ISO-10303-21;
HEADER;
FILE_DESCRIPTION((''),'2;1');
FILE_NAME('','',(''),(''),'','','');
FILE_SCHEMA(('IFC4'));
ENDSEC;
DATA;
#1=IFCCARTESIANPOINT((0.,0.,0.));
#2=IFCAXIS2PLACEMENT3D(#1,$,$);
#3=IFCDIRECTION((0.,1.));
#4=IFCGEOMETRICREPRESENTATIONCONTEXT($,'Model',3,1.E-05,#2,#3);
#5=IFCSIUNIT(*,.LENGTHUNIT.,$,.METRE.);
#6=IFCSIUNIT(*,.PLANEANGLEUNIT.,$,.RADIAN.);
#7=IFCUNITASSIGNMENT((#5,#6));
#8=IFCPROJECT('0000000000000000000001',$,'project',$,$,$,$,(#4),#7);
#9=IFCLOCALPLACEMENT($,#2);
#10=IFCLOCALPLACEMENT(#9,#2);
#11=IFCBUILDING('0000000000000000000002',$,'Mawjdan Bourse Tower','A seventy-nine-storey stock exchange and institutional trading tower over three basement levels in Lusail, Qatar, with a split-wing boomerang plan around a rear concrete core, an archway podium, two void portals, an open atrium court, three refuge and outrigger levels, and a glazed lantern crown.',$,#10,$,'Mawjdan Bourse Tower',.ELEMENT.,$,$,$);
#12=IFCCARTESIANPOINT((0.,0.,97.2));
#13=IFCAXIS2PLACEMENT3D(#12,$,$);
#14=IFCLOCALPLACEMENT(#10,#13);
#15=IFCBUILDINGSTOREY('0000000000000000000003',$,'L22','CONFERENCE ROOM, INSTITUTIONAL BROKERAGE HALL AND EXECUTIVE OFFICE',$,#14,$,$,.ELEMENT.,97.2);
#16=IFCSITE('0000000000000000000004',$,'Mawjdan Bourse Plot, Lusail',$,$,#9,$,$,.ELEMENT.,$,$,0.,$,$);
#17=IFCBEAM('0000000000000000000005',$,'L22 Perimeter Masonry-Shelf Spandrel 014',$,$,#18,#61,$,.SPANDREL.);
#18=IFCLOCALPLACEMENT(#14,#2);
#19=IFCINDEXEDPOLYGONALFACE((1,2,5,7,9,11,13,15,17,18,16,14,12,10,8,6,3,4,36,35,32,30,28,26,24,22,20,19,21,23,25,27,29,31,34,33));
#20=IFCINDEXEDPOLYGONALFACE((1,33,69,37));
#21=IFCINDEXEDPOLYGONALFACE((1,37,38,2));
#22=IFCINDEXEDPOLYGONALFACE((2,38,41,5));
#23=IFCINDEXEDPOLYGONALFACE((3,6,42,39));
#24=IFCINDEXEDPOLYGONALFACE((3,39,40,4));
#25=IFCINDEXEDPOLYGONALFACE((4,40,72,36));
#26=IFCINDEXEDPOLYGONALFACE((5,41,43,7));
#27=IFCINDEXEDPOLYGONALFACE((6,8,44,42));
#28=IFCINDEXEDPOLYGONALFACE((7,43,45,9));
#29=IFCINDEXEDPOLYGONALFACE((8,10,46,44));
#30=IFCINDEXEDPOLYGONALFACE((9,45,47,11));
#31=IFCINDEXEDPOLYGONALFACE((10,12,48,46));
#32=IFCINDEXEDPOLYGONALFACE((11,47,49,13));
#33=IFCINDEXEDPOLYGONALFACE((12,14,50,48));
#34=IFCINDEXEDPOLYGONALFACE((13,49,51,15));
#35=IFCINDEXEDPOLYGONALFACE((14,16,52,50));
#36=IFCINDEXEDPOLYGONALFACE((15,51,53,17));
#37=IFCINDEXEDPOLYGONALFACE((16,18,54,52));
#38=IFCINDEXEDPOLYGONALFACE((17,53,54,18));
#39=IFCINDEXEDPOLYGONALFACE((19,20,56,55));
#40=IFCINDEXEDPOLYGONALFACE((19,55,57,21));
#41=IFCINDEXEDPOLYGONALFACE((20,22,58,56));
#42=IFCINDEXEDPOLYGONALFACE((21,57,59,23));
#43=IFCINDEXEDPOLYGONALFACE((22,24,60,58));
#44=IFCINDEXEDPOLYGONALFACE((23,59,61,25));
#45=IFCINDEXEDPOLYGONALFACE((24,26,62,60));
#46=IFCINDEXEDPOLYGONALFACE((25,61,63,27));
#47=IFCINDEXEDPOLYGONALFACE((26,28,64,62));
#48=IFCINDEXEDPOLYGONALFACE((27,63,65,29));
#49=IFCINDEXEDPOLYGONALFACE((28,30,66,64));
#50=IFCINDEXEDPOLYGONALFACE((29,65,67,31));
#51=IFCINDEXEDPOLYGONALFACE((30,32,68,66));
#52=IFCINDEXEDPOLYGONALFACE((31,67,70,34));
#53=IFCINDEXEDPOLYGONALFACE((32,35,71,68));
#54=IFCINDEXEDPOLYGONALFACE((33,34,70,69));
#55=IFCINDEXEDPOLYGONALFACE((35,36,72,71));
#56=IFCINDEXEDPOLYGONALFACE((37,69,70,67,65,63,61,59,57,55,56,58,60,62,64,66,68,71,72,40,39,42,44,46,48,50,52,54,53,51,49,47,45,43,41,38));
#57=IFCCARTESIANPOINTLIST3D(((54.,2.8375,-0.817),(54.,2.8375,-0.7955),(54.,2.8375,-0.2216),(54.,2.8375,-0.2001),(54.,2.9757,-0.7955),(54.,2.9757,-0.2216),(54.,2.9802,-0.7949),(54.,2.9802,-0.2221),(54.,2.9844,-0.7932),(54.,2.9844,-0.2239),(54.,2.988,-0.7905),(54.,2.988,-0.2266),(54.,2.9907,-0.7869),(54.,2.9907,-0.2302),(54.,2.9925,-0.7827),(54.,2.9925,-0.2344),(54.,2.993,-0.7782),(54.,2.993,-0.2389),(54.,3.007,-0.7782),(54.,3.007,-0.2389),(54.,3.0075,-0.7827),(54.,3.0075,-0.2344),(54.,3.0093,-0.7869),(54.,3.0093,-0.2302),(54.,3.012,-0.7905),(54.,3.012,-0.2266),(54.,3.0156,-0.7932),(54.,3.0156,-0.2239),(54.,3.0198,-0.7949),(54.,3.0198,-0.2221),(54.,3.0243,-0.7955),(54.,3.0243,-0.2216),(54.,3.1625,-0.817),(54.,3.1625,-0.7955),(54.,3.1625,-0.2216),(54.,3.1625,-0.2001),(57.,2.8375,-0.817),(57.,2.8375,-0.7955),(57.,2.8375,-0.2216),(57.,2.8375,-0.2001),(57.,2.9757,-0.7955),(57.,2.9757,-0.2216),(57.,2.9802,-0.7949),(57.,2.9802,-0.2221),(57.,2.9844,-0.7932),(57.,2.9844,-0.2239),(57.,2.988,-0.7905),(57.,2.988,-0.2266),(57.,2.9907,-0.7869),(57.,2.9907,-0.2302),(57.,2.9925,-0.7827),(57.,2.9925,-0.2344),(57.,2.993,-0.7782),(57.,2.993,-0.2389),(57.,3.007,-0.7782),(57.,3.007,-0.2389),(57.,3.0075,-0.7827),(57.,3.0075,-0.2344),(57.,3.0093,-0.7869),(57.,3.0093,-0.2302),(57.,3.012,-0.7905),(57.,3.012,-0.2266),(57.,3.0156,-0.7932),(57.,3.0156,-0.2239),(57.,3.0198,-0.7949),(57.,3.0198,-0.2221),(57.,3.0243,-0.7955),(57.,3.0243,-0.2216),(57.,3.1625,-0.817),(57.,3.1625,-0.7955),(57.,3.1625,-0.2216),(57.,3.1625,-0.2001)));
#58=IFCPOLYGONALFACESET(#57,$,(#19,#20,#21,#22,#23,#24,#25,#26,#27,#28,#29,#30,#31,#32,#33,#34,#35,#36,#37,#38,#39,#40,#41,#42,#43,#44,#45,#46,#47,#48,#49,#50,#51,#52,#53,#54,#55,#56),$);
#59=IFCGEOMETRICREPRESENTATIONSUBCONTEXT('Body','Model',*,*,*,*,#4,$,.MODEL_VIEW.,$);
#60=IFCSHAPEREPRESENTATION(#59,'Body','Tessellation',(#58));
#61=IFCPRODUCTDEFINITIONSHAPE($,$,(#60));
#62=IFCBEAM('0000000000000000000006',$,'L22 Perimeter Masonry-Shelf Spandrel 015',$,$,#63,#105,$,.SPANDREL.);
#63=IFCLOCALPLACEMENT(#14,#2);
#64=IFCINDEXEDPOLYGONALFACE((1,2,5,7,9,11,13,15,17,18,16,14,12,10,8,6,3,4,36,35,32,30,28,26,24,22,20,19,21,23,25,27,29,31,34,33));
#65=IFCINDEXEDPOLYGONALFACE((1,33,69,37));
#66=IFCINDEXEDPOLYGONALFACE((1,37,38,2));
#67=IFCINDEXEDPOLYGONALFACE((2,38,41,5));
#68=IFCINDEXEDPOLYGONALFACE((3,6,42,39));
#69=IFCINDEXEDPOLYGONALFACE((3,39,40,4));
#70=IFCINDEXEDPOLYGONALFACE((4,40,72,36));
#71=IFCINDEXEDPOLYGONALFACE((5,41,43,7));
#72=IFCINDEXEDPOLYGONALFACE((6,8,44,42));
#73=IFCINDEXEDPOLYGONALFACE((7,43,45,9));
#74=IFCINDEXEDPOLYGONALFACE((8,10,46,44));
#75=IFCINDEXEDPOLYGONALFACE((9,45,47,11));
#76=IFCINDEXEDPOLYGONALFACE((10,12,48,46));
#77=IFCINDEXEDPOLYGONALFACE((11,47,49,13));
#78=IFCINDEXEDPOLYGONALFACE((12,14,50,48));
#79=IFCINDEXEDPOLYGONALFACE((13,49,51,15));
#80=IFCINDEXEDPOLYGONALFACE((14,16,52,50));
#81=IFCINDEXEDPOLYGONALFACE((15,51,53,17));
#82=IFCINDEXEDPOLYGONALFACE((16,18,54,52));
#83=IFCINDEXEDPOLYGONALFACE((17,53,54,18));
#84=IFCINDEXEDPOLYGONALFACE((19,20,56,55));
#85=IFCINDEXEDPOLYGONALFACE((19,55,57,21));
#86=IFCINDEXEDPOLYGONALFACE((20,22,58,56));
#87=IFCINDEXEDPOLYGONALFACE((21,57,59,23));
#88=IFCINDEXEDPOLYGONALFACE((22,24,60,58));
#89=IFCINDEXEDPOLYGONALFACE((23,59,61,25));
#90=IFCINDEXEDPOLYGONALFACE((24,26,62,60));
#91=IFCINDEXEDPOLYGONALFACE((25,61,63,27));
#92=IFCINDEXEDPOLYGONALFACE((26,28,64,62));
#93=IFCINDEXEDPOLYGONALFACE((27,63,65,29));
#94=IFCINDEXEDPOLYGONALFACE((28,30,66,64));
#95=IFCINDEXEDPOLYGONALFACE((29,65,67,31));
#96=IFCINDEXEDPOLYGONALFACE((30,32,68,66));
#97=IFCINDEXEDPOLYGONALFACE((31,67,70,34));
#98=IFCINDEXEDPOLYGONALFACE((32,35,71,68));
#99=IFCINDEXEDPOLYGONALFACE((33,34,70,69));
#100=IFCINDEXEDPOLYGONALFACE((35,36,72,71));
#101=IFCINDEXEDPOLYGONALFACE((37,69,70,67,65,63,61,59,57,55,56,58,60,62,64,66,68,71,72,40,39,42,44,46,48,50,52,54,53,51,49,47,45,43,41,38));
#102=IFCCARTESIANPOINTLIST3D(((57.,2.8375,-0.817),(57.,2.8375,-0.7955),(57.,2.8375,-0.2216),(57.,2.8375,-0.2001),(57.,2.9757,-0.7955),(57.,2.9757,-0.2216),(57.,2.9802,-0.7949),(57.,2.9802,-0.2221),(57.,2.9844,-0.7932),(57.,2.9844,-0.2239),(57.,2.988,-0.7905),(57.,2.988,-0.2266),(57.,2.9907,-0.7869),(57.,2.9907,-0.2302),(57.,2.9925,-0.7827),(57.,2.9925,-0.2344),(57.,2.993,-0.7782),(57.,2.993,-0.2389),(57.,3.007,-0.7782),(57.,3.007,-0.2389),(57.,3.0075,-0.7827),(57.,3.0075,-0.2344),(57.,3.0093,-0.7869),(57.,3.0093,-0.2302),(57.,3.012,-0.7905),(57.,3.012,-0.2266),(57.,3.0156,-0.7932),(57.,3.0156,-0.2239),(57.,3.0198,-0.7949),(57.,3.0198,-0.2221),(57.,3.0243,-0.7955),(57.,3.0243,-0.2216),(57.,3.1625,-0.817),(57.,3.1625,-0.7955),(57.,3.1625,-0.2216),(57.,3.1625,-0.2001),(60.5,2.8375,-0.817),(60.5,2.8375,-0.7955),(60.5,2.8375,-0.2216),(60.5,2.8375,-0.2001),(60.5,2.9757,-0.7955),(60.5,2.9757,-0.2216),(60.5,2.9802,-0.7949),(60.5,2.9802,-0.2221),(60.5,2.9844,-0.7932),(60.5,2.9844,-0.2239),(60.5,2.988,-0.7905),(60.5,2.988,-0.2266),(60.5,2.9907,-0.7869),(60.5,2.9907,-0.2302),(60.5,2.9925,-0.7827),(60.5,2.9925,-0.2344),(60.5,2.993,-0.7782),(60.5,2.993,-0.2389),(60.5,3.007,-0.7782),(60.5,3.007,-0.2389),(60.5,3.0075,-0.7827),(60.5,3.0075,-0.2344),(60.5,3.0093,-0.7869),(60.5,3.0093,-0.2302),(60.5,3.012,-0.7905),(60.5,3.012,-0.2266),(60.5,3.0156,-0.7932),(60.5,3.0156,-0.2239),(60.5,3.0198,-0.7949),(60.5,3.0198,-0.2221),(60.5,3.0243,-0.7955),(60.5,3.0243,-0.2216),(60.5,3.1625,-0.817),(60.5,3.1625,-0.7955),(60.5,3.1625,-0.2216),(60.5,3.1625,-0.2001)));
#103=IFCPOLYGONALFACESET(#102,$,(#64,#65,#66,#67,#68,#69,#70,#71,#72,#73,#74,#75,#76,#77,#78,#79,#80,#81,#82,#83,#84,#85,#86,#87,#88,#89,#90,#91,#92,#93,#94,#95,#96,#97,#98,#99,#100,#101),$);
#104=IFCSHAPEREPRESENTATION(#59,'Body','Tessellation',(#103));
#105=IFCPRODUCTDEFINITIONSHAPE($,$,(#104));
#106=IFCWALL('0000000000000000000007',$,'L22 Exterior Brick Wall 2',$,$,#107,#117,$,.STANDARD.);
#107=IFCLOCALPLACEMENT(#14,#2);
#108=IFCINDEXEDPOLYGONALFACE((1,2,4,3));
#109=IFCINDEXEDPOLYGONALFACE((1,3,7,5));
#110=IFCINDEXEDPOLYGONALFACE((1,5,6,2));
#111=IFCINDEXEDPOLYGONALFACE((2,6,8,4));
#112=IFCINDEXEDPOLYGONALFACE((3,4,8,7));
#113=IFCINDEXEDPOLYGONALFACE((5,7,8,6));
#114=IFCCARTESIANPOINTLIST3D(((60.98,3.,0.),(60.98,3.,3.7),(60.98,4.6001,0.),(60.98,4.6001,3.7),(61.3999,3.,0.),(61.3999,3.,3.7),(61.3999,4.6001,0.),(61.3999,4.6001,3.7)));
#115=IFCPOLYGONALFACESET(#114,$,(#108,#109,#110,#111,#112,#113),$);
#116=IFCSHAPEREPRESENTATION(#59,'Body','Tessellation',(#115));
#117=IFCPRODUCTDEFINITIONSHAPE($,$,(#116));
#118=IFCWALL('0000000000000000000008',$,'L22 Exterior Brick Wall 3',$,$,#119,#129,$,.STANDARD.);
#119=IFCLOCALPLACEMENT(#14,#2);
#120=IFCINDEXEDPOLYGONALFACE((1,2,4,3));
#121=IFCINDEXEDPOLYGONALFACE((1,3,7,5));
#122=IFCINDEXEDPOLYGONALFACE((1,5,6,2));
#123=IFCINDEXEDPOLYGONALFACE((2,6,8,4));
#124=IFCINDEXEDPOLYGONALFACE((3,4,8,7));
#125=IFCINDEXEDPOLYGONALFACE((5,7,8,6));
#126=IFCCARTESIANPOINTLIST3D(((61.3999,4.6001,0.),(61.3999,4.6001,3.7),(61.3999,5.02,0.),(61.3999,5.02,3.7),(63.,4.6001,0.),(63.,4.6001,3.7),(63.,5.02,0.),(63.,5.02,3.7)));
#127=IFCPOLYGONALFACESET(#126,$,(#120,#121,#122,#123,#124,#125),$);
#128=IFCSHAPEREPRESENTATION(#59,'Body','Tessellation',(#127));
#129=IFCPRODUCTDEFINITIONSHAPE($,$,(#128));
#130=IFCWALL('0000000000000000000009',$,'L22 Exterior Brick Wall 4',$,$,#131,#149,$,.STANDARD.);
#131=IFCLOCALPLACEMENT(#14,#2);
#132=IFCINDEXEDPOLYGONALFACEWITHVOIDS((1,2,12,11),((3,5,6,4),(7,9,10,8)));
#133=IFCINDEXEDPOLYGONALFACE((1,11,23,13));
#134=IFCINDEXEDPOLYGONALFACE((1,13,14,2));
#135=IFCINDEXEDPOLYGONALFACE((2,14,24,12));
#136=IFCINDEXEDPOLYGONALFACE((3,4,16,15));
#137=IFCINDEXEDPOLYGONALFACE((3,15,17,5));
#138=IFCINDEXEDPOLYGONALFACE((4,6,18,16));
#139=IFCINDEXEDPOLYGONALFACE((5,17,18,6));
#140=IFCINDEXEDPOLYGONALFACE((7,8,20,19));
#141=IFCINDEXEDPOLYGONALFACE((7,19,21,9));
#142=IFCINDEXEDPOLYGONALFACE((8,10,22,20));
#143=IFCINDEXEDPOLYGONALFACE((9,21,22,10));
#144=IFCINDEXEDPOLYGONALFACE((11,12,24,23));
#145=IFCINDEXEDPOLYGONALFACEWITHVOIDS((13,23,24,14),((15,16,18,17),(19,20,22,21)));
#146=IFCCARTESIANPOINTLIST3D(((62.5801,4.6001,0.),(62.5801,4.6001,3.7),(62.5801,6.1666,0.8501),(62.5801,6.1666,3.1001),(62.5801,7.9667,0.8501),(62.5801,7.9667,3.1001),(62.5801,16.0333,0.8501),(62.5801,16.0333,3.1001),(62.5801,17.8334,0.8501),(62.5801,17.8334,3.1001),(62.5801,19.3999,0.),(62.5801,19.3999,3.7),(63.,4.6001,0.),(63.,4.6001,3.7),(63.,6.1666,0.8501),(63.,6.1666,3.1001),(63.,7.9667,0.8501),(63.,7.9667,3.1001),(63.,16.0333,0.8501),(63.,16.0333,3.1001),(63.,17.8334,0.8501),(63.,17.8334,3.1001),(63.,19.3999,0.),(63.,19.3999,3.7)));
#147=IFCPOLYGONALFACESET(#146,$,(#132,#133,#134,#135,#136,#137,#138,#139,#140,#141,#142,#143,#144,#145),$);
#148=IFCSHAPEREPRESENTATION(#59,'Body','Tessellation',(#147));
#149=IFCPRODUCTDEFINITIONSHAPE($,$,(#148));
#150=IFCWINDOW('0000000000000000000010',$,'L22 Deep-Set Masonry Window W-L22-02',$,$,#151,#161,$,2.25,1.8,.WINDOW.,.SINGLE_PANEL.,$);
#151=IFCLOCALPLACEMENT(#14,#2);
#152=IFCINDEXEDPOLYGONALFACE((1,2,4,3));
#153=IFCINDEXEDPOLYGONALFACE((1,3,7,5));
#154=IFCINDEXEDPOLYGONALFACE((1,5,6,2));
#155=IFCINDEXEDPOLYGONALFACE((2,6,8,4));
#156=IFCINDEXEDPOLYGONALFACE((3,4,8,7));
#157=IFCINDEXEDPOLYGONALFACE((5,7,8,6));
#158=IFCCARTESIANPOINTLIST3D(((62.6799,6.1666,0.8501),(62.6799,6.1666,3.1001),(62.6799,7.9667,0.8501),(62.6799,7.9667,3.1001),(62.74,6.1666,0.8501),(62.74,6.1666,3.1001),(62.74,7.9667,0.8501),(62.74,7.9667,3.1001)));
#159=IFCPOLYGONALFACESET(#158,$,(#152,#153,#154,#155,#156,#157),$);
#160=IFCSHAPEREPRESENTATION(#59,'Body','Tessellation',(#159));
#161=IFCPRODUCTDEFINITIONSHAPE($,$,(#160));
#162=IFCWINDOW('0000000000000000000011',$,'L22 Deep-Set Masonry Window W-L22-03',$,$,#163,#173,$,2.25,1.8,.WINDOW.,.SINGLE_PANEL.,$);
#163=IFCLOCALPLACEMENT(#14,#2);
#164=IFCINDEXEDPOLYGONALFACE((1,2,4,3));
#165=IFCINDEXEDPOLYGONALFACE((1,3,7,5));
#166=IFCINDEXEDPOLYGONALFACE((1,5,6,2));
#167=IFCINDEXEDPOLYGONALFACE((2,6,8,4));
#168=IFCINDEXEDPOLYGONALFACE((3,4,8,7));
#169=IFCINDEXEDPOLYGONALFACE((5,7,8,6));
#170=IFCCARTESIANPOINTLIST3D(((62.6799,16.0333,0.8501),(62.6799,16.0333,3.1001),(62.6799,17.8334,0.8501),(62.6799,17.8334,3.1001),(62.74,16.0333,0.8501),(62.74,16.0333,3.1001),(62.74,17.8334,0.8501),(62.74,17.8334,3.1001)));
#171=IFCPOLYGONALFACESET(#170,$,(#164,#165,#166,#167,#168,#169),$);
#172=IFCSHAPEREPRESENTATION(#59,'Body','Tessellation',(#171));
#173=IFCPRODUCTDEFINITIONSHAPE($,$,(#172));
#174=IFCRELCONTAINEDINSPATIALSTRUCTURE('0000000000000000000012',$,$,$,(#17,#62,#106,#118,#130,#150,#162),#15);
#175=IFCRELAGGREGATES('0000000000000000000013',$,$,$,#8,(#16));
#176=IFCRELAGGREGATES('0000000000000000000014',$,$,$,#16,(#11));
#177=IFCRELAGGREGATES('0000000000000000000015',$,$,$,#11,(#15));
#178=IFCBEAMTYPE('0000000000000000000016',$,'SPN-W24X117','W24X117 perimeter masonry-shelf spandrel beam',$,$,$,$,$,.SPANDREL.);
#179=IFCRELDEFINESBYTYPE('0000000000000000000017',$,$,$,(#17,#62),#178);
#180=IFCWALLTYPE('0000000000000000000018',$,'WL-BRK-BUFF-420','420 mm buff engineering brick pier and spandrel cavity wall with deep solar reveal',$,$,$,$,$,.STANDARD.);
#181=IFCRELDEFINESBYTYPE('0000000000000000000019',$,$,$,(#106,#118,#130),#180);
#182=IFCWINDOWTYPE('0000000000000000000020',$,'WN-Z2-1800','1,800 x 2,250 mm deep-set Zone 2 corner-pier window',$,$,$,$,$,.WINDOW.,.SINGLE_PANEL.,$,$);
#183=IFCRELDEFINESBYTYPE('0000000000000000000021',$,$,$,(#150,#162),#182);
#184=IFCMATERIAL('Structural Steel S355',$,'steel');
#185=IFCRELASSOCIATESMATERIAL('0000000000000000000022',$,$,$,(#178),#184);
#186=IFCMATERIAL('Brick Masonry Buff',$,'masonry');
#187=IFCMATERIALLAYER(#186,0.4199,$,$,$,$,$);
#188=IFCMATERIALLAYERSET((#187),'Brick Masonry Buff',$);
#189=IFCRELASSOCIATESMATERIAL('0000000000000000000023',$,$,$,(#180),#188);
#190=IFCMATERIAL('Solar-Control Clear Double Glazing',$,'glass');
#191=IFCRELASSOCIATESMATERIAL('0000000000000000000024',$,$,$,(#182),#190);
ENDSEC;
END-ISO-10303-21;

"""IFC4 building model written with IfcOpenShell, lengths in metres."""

from ifc_helpers import new_model, si_unit, direction, frame, frame_2d, origin, origin_2d, place, context, subcontext, project, spatial, rectangle, i_section, extrude, material, layer, layer_set, material_profile, profile_set, type_object, element, fill, save


model = new_model("IFC4")

# Units and contexts
model_context = context("Model", 3, precision=1e-05, world=origin(), true_north=direction((0.0, 1.0)))
body_context = subcontext(model_context, "Body", "Model", "MODEL_VIEW")
ifc_project = project(units=[si_unit("LENGTHUNIT", "METRE"), si_unit("PLANEANGLEUNIT", "RADIAN")], contexts=[model_context])

# Site, building, storey
site_placement = place(None, origin())
site = spatial("IfcSite", under=ifc_project, at=site_placement, Name="Mawjdan Bourse Plot, Lusail", CompositionType="ELEMENT", RefElevation=0.0)
building_placement = place(site_placement, origin())
building = spatial("IfcBuilding", under=site, at=building_placement, Name="Mawjdan Bourse Tower", Description="A seventy-nine-storey stock exchange and institutional trading tower over three basement levels in Lusail, Qatar, with a split-wing boomerang plan around a rear concrete core, an archway podium, two void portals, an open atrium court, three refuge and outrigger levels, and a glazed lantern crown.", LongName="Mawjdan Bourse Tower", CompositionType="ELEMENT")
storey_placement = place(building_placement, frame((0.0, 0.0, 97.2)))
storey = spatial("IfcBuildingStorey", under=building, at=storey_placement, Name="L22", Description="CONFERENCE ROOM, INSTITUTIONAL BROKERAGE HALL AND EXECUTIVE OFFICE", CompositionType="ELEMENT", Elevation=97.2)

# Beams
ifc_material_1 = material(Name="Structural Steel S355", Category="steel")
ifc_material_profile_1 = material_profile(ifc_material_1, i_section(OverallWidth=0.325, OverallDepth=0.6169, WebThickness=0.0139, FlangeThickness=0.0215, FilletRadius=0.0173, at=origin_2d()), Name="W24X117")
ifc_profile_set_1 = profile_set([ifc_material_profile_1], Name="Structural Steel S355")
beam_type_1 = type_object("IfcBeamType", Name="SPN-W24X117", Description="W24X117 perimeter masonry-shelf spandrel beam", PredefinedType="SPANDREL", material=ifc_profile_set_1)
for number, where, z_axis, x_axis, name in (
    (1, (54.0, 3.0, -0.5085), (1.0, 0.0, 0.0), (0.0, 1.0, 0.0), "L22 Perimeter Masonry-Shelf Spandrel 014"),
):
    element("IfcBeam", number, at=place(storey_placement, frame(where, z_axis=z_axis, x_axis=x_axis)), inside=storey, type_object=beam_type_1, Name=name, PredefinedType="SPANDREL", context=body_context, shape_type="SweptSolid", body=[
        extrude(i_section(OverallWidth=0.325, OverallDepth=0.6169, WebThickness=0.0139, FlangeThickness=0.0215, FilletRadius=0.0173, at=origin_2d()), origin(), (0.0, 0.0, 1.0), 3.0),
    ])
beam_1_placement = place(storey_placement, frame((57.0, 3.0, -0.5085), z_axis=(1.0, 0.0, 0.0), x_axis=(0.0, 1.0, 0.0)))
element("IfcBeam", 2, at=beam_1_placement, inside=storey, type_object=beam_type_1, Name="L22 Perimeter Masonry-Shelf Spandrel 015", PredefinedType="SPANDREL", context=body_context, shape_type="SweptSolid", body=[
    extrude(i_section(OverallWidth=0.325, OverallDepth=0.6169, WebThickness=0.0139, FlangeThickness=0.0215, FilletRadius=0.0173, at=origin_2d()), origin(), (0.0, 0.0, 1.0), 3.5),
])

# Walls
ifc_material_2 = material(Name="Brick Masonry Buff", Category="masonry")
ifc_layer_1 = layer(ifc_material_2, 0.4199)
ifc_layer_set_1 = layer_set([ifc_layer_1], Name="Brick Masonry Buff")
wall_type_1 = type_object("IfcWallType", Name="WL-BRK-BUFF-420", Description="420 mm buff engineering brick pier and spandrel cavity wall with deep solar reveal", PredefinedType="STANDARD", material=ifc_layer_set_1)
for number, where, z_axis, x_axis, name in (
    (3, (61.1899, 3.0, 0.0), (0.0, 0.0, 1.0), (0.0, 1.0, 0.0), "L22 Exterior Brick Wall 2"),
    (4, (61.3999, 4.8101, 0.0), (0.0, 0.0, 1.0), (1.0, 0.0, 0.0), "L22 Exterior Brick Wall 3"),
):
    element("IfcWall", number, at=place(storey_placement, frame(where, z_axis=z_axis, x_axis=x_axis)), inside=storey, type_object=wall_type_1, Name=name, PredefinedType="STANDARD", context=body_context, shape_type="SweptSolid", body=[
        extrude(rectangle(XDim=1.6001, YDim=0.4199, at=frame_2d((0.8, 0.0))), origin(), (0.0, 0.0, 1.0), 3.7),
    ])

# Wall, openings, windows
wall_1_placement = place(storey_placement, frame((62.79, 4.6001, 0.0), z_axis=(0.0, 0.0, 1.0), x_axis=(0.0, 1.0, 0.0)))
wall_1 = element("IfcWall", 5, at=wall_1_placement, inside=storey, type_object=wall_type_1, Name="L22 Exterior Brick Wall 4", PredefinedType="STANDARD", context=body_context, shape_type="SweptSolid", body=[
    extrude(rectangle(XDim=14.7998, YDim=0.4199, at=frame_2d((7.3999, 0.0))), origin(), (0.0, 0.0, 1.0), 3.7),
])
opening_1_placement = place(wall_1_placement, frame((1.5667, 0.0, 0.8501)))
opening_1 = element("IfcOpeningElement", 6, at=opening_1_placement, cuts=wall_1, PredefinedType="OPENING", context=body_context, shape_type="SweptSolid", body=[
    extrude(rectangle(XDim=1.8, YDim=2.25, at=frame_2d((0.8999, 1.125))), frame((0.0, 0.22, 0.0), z_axis=(0.0, -1.0, 0.0), x_axis=(1.0, 0.0, 0.0)), (0.0, 0.0, 1.0), 0.4399),
])
opening_2_placement = place(wall_1_placement, frame((11.4333, 0.0, 0.8501)))
opening_2 = element("IfcOpeningElement", 7, at=opening_2_placement, cuts=wall_1, PredefinedType="OPENING", context=body_context, shape_type="SweptSolid", body=[
    extrude(rectangle(XDim=1.8, YDim=2.25, at=frame_2d((0.8999, 1.125))), frame((0.0, 0.22, 0.0), z_axis=(0.0, -1.0, 0.0), x_axis=(1.0, 0.0, 0.0)), (0.0, 0.0, 1.0), 0.4399),
])
ifc_material_3 = material(Name="Solar-Control Clear Double Glazing", Category="glass")
window_type = type_object("IfcWindowType", Name="WN-Z2-1800", Description="1,800 x 2,250 mm deep-set Zone 2 corner-pier window", PartitioningType="SINGLE_PANEL", PredefinedType="WINDOW", material=ifc_material_3)
window_1_placement = place(opening_1_placement, origin())
window_1 = element("IfcWindow", 8, at=window_1_placement, inside=storey, type_object=window_type, Name="L22 Deep-Set Masonry Window W-L22-02", OverallHeight=2.25, OverallWidth=1.8, PartitioningType="SINGLE_PANEL", PredefinedType="WINDOW", context=body_context, shape_type="SweptSolid", body=[
    extrude(rectangle(XDim=1.8, YDim=2.25, at=frame_2d((0.8999, 1.125))), frame((0.0, 0.1101, 0.0), z_axis=(0.0, -1.0, 0.0), x_axis=(1.0, 0.0, 0.0)), (0.0, 0.0, 1.0), 0.0601),
])
fill(opening_1, window_1)
window_2_placement = place(opening_2_placement, origin())
window_2 = element("IfcWindow", 9, at=window_2_placement, inside=storey, type_object=window_type, Name="L22 Deep-Set Masonry Window W-L22-03", OverallHeight=2.25, OverallWidth=1.8, PartitioningType="SINGLE_PANEL", PredefinedType="WINDOW", context=body_context, shape_type="SweptSolid", body=[
    extrude(rectangle(XDim=1.8, YDim=2.25, at=frame_2d((0.8999, 1.125))), frame((0.0, 0.1101, 0.0), z_axis=(0.0, -1.0, 0.0), x_axis=(1.0, 0.0, 0.0)), (0.0, 0.0, 1.0), 0.0601),
])
fill(opening_2, window_2)

save(model, "model.ifc")
